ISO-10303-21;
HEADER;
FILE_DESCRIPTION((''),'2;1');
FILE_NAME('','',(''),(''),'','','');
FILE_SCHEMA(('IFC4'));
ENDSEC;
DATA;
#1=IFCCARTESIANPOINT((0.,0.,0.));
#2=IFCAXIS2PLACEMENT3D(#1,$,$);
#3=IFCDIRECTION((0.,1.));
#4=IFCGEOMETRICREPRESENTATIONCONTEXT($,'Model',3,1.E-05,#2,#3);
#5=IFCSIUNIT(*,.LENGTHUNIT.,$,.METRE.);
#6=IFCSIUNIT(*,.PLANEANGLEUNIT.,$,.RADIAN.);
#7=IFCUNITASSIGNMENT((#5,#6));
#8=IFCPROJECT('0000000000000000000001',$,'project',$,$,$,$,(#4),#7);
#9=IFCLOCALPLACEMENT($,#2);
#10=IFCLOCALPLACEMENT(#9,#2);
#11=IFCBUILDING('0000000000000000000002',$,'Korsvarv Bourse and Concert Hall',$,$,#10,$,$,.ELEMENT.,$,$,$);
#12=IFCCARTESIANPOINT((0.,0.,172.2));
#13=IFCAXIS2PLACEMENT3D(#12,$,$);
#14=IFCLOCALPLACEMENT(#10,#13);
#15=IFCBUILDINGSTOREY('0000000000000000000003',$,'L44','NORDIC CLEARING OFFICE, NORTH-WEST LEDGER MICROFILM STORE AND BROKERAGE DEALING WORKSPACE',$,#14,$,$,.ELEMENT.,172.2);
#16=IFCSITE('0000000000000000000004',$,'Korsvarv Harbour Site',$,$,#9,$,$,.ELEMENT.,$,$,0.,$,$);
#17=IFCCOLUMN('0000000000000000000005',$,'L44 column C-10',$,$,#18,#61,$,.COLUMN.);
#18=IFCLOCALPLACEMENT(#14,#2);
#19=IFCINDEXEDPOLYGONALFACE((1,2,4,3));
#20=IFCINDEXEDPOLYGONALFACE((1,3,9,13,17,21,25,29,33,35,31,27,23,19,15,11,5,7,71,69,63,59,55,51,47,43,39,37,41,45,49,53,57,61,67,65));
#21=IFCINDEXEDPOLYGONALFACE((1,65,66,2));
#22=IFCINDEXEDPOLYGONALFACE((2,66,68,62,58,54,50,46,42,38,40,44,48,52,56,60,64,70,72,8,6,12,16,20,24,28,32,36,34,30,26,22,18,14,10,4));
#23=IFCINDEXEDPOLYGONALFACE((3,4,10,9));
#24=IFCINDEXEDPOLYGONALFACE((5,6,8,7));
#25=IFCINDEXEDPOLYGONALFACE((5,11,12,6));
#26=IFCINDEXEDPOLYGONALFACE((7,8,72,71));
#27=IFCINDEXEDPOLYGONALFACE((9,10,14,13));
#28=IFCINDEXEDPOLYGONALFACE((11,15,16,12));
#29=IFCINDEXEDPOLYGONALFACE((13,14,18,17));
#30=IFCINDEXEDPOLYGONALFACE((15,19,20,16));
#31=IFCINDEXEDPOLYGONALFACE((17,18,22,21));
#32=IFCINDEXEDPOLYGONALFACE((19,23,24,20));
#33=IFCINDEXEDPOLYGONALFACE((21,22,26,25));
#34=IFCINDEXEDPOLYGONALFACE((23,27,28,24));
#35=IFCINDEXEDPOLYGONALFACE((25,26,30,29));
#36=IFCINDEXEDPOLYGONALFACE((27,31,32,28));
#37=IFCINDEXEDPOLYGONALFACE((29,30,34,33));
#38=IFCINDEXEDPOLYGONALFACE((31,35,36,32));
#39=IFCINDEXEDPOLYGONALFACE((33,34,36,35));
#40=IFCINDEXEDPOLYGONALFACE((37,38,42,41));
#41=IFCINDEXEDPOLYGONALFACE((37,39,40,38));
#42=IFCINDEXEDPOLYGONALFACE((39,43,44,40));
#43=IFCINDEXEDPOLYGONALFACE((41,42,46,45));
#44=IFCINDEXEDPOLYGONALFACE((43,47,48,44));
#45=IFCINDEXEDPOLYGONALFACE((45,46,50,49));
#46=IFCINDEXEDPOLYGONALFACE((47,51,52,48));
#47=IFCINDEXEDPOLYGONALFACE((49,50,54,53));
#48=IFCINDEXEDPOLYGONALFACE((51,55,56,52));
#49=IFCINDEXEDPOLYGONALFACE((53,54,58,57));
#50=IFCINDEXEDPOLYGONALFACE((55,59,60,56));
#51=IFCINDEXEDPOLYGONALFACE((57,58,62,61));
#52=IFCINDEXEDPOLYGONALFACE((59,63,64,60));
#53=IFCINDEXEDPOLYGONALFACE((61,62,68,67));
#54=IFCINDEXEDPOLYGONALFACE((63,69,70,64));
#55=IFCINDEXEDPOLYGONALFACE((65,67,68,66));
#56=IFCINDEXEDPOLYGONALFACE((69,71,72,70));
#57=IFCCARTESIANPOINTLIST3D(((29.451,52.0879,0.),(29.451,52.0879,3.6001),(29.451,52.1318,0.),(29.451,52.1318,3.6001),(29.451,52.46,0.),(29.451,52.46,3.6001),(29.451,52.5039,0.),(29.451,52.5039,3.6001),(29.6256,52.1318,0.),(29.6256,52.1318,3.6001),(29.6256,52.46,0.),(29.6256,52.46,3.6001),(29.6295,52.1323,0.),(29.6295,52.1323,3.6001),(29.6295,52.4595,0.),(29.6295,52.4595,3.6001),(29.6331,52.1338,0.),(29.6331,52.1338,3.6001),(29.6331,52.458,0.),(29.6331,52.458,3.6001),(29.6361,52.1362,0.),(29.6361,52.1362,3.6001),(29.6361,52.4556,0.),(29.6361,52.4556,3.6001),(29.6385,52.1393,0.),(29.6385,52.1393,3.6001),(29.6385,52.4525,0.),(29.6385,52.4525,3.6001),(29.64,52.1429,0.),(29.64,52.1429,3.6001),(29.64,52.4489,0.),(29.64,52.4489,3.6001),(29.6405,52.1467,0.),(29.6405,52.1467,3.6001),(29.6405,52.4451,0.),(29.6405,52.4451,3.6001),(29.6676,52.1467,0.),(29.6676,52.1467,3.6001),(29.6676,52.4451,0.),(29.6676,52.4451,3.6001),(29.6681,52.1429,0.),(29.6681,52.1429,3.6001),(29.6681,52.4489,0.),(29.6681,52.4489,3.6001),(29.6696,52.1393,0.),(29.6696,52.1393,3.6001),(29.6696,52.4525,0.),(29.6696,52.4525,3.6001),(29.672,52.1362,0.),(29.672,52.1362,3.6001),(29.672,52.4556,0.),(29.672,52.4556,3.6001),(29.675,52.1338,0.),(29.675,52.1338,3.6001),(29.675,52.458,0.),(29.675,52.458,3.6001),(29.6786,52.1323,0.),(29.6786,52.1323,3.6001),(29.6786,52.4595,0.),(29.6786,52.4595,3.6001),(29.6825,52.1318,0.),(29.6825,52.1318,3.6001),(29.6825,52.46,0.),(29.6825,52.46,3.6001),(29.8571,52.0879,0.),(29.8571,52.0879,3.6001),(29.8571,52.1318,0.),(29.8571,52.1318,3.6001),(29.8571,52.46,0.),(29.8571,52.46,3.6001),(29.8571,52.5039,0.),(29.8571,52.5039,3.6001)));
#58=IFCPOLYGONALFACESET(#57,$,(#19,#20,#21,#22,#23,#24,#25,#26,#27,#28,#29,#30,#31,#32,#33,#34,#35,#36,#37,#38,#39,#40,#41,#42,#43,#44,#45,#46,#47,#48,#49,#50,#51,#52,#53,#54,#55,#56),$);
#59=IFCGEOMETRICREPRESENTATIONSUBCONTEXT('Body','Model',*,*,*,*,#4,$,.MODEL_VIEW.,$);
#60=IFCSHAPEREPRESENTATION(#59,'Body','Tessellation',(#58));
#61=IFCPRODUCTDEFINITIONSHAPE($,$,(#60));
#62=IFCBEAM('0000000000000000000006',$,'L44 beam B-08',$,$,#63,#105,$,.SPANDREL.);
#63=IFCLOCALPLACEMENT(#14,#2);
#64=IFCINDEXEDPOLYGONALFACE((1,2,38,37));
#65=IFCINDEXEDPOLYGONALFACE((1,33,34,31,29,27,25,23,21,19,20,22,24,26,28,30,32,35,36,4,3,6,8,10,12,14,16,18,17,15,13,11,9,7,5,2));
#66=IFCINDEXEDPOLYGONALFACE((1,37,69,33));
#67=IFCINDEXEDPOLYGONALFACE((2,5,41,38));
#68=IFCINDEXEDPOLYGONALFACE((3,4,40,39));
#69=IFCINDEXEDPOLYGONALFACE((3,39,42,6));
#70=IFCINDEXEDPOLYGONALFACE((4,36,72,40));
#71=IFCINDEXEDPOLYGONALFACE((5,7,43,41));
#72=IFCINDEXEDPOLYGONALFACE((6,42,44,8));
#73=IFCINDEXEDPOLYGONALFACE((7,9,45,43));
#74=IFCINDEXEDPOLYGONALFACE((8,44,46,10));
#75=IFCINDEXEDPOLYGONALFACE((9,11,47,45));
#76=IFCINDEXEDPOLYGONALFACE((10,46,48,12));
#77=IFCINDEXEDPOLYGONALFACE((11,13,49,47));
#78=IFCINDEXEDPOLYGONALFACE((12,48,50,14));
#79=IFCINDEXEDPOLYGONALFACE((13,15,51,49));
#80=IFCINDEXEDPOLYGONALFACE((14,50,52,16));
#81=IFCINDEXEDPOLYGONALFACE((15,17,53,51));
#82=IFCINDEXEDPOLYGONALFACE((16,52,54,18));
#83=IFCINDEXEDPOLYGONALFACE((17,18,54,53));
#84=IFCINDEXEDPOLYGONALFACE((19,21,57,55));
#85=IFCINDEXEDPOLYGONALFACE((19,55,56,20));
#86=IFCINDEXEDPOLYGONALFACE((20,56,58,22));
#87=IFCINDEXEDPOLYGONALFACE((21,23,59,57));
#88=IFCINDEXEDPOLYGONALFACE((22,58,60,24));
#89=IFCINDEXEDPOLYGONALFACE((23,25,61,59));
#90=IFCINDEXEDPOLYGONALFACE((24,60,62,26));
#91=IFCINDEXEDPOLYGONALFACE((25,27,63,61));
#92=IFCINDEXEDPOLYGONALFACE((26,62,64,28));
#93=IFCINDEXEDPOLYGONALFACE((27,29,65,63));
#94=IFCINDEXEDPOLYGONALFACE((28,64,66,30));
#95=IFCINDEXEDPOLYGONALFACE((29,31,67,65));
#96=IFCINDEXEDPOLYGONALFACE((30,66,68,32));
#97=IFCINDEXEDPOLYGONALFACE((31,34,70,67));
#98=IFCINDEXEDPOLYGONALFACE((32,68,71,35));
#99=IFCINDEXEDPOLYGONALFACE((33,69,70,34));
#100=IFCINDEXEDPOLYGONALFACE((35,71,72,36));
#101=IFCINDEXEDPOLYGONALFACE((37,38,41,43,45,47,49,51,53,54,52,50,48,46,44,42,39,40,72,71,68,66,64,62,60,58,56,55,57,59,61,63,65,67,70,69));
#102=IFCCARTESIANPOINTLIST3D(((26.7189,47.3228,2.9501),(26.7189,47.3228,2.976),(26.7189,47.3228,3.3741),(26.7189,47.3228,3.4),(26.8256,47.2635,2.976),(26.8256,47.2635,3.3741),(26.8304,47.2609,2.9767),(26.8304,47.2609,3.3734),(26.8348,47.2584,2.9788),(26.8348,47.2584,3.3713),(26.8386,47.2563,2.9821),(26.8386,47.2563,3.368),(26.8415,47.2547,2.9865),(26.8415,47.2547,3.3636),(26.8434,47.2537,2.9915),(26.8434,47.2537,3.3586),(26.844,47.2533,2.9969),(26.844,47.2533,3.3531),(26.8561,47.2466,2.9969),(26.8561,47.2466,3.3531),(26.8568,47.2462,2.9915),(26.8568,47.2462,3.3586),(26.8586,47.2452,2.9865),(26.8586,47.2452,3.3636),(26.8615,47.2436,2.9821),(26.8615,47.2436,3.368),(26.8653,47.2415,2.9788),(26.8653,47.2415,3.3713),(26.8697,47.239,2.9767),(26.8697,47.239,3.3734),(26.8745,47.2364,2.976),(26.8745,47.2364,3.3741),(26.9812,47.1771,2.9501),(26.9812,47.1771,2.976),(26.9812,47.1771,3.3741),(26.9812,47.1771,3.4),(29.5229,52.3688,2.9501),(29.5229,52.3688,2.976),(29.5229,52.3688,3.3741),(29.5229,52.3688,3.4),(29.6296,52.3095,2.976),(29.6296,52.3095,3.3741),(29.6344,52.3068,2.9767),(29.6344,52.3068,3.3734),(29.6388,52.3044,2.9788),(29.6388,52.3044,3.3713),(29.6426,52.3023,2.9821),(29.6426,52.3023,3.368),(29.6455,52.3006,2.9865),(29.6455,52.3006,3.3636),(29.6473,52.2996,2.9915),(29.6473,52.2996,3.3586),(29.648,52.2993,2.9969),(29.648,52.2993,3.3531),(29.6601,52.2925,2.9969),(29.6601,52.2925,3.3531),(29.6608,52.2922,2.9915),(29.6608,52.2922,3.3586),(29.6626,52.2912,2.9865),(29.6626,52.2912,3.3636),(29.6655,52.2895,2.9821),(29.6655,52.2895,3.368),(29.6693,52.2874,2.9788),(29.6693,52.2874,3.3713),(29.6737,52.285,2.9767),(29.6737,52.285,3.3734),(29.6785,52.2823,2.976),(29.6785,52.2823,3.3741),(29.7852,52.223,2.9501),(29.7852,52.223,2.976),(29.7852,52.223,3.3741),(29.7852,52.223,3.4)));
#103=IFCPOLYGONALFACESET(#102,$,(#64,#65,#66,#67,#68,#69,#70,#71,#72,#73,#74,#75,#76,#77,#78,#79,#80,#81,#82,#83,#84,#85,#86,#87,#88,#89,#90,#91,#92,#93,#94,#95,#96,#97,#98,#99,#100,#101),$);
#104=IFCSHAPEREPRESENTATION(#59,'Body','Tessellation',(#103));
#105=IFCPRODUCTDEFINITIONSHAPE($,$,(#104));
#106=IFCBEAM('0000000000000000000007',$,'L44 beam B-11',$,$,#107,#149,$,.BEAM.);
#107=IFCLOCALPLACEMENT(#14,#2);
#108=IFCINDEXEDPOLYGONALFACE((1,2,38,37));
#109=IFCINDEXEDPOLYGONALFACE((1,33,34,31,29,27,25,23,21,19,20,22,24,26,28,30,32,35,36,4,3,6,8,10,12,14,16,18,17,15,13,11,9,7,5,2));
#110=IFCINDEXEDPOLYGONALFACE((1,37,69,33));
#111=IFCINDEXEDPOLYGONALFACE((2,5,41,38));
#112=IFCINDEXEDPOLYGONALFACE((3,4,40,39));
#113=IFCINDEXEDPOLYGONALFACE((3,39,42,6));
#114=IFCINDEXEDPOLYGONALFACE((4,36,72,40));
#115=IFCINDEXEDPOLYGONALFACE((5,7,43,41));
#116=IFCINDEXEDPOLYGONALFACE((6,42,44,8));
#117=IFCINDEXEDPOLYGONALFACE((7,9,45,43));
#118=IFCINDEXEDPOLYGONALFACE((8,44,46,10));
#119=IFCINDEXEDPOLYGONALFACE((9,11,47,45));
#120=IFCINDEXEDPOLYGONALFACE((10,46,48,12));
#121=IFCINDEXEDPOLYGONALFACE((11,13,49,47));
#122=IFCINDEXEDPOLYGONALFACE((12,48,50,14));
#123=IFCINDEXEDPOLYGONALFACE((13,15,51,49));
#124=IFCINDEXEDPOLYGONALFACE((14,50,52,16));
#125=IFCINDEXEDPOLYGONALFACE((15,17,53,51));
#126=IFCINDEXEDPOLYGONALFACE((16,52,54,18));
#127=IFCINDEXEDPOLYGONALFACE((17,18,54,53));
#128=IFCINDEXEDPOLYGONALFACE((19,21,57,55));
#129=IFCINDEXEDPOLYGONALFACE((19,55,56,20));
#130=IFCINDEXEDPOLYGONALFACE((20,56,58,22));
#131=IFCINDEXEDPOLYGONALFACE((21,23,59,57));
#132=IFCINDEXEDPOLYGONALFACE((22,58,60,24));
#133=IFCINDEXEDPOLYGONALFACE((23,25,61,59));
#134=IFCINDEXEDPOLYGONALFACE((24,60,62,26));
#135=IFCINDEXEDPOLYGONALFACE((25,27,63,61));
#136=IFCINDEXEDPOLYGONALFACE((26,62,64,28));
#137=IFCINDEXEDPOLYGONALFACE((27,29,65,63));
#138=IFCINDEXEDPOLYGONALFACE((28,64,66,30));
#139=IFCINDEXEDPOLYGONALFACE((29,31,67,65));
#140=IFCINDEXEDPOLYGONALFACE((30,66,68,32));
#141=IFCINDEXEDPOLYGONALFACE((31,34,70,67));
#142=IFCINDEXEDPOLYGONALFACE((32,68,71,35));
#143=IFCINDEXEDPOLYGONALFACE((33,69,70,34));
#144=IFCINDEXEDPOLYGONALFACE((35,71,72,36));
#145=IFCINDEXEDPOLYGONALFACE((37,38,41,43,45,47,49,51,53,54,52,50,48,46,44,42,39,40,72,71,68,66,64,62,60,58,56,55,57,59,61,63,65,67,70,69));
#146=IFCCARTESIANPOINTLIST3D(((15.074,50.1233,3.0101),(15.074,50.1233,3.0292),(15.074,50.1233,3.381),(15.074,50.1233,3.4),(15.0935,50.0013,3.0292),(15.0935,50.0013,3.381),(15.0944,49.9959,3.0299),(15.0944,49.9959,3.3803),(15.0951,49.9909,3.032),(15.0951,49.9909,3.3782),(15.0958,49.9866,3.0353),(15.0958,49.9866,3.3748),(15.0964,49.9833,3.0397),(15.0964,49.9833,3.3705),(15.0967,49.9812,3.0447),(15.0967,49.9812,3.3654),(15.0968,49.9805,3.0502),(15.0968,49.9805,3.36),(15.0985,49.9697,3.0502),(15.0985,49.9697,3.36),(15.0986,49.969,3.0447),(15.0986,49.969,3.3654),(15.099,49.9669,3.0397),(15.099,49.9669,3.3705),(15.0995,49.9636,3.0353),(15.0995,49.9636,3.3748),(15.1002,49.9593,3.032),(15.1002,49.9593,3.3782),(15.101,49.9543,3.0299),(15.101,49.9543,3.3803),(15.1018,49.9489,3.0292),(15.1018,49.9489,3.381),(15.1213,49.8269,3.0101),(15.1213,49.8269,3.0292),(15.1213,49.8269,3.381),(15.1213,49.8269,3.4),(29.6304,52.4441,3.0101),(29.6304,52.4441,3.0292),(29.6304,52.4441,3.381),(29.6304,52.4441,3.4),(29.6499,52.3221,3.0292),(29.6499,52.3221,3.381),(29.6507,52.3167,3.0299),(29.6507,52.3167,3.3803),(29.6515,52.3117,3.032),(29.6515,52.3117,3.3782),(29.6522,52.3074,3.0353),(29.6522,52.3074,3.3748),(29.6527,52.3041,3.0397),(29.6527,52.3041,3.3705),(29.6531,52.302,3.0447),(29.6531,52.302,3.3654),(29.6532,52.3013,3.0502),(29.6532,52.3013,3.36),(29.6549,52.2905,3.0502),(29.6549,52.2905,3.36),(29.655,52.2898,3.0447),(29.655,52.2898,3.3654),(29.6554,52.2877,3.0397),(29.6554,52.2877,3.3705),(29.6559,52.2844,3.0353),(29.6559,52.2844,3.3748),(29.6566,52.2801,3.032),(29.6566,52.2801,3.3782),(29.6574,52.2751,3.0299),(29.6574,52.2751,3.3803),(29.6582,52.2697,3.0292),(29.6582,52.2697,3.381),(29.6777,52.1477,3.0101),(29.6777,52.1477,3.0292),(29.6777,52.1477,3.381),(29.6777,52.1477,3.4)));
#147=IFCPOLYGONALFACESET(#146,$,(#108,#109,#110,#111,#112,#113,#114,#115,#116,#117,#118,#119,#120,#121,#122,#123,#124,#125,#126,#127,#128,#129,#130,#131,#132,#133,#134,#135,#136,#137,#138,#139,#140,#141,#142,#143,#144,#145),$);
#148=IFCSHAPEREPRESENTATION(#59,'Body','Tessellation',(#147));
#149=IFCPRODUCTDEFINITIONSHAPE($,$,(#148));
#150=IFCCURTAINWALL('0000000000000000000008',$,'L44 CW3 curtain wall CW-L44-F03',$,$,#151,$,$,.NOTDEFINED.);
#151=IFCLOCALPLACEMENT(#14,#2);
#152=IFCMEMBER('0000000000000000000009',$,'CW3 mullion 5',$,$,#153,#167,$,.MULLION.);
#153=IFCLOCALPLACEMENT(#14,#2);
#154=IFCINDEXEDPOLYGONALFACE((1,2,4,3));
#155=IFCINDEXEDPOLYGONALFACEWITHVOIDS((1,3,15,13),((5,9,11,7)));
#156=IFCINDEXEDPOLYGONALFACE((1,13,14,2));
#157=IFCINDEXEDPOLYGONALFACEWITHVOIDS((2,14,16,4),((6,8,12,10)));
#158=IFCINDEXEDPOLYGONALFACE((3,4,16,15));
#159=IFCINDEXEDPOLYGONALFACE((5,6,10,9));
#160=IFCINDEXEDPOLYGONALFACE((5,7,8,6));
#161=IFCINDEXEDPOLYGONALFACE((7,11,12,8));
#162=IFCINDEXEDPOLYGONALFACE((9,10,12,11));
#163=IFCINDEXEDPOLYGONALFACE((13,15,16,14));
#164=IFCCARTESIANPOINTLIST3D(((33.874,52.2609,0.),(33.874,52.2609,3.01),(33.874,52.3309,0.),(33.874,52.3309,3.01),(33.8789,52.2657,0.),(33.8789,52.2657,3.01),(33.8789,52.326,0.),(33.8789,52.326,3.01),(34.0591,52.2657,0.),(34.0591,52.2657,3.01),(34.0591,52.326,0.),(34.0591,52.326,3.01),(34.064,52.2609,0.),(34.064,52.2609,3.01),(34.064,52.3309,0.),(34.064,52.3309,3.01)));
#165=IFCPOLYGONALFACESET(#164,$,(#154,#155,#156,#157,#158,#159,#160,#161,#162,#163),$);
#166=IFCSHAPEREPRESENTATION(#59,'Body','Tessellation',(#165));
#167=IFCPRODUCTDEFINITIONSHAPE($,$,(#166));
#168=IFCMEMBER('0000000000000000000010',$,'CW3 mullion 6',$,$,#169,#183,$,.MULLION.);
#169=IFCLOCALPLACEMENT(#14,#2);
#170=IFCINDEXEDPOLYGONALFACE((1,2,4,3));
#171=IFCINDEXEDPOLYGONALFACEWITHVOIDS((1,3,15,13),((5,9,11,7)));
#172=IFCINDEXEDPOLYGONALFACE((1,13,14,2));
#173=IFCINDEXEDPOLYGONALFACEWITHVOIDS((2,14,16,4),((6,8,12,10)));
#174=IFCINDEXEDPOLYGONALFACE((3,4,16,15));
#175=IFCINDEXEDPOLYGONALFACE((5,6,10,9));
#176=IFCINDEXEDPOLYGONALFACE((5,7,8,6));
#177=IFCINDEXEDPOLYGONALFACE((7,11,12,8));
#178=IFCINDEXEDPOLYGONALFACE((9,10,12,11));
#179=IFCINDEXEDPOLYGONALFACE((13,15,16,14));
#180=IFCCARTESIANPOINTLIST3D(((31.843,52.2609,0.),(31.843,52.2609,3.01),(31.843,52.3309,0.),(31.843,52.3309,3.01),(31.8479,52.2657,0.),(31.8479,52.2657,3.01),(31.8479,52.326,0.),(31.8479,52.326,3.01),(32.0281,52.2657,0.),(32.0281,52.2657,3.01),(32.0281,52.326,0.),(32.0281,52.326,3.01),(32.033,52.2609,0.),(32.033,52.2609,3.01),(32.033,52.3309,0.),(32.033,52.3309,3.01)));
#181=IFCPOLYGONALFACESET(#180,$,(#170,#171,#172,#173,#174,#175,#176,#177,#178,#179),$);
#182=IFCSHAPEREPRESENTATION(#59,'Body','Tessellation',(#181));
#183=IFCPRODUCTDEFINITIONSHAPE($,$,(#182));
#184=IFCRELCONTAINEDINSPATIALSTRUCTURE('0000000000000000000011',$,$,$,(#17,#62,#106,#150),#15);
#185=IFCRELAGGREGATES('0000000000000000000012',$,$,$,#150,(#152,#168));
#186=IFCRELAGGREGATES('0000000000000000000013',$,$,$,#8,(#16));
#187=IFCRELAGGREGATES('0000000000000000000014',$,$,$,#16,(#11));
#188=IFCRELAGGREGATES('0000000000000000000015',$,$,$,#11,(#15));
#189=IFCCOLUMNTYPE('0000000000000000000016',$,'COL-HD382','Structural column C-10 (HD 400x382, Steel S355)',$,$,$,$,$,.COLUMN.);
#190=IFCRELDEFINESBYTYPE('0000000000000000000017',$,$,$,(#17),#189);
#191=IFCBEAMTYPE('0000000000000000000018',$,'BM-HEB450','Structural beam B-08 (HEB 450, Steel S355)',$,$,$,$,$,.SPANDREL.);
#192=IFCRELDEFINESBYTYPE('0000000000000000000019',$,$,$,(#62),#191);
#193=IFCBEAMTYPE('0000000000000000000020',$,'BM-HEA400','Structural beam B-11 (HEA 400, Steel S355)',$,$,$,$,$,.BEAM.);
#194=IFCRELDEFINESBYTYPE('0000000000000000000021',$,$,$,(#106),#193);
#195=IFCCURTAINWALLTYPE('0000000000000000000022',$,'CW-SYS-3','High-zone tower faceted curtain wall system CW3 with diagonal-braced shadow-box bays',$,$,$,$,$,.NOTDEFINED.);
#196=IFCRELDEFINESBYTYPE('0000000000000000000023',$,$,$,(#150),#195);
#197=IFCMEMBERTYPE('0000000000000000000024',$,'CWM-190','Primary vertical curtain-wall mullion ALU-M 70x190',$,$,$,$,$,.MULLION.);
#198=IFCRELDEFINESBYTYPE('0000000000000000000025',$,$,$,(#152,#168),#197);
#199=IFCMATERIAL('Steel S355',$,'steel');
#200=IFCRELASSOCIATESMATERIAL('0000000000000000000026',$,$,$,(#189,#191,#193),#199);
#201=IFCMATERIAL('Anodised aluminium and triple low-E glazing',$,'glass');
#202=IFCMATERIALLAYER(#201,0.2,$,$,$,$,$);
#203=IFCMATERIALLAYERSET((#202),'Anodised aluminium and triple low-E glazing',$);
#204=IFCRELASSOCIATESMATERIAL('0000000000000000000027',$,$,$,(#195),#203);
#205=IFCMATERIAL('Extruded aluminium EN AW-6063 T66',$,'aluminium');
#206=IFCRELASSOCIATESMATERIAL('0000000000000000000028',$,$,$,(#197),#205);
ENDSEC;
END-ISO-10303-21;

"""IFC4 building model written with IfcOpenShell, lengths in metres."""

from ifc_helpers import new_model, si_unit, direction, frame, origin, origin_2d, place, context, subcontext, project, spatial, hollow_rectangle, i_section, extrude, source, transform, mapped, material, layer, layer_set, material_profile, profile_set, type_object, element, aggregate, save


model = new_model("IFC4")

# Units and contexts
model_context = context("Model", 3, precision=1e-05, world=origin(), true_north=direction((0.0, 1.0)))
body_context = subcontext(model_context, "Body", "Model", "MODEL_VIEW")
ifc_project = project(units=[si_unit("LENGTHUNIT", "METRE"), si_unit("PLANEANGLEUNIT", "RADIAN")], contexts=[model_context])

# Site, building, storey
site_placement = place(None, origin())
site = spatial("IfcSite", under=ifc_project, at=site_placement, Name="Korsvarv Harbour Site", CompositionType="ELEMENT", RefElevation=0.0)
building_placement = place(site_placement, origin())
building = spatial("IfcBuilding", under=site, at=building_placement, Name="Korsvarv Bourse and Concert Hall", CompositionType="ELEMENT")
storey_placement = place(building_placement, frame((0.0, 0.0, 172.2)))
storey = spatial("IfcBuildingStorey", under=building, at=storey_placement, Name="L44", Description="NORDIC CLEARING OFFICE, NORTH-WEST LEDGER MICROFILM STORE AND BROKERAGE DEALING WORKSPACE", CompositionType="ELEMENT", Elevation=172.2)

# Column
ifc_material_1 = material(Name="Steel S355", Category="steel")
ifc_material_profile_1 = material_profile(ifc_material_1, i_section(OverallWidth=0.406, OverallDepth=0.416, WebThickness=0.0271, FlangeThickness=0.0439, FilletRadius=0.0149, at=origin_2d()), Name="HD 400x382")
ifc_profile_set_1 = profile_set([ifc_material_profile_1], Name="Steel S355")
column_type = type_object("IfcColumnType", Name="COL-HD382", Description="Structural column C-10 (HD 400x382, Steel S355)", PredefinedType="COLUMN", material=ifc_profile_set_1)
shared_shape_1 = source(origin(), body_context, "Body", "SweptSolid", [
    extrude(i_section(OverallWidth=0.406, OverallDepth=0.416, WebThickness=0.0271, FlangeThickness=0.0439, FilletRadius=0.0149, at=origin_2d()), origin(), (0.0, 0.0, 1.0), 3.6001),
])
column_placement = place(storey_placement, frame((29.6541, 52.2959, 0.0), z_axis=(0.0, 0.0, 1.0), x_axis=(1.0, 0.0, 0.0)))
element("IfcColumn", 1, at=column_placement, inside=storey, type_object=column_type, Name="L44 column C-10", PredefinedType="COLUMN", context=body_context, shape_type="MappedRepresentation", body=[
    mapped(shared_shape_1, transform((0.0, 0.0, 0.0), scale=1.0)),
])

# Beams
ifc_material_profile_2 = material_profile(ifc_material_1, i_section(OverallWidth=0.3, OverallDepth=0.45, WebThickness=0.0139, FlangeThickness=0.0259, FilletRadius=0.021, at=origin_2d()), Name="HEB 450")
ifc_profile_set_2 = profile_set([ifc_material_profile_2], Name="Steel S355")
beam_type_1 = type_object("IfcBeamType", Name="BM-HEB450", Description="Structural beam B-08 (HEB 450, Steel S355)", PredefinedType="SPANDREL", material=ifc_profile_set_2)
shared_shape_2 = source(origin(), body_context, "Body", "SweptSolid", [
    extrude(i_section(OverallWidth=0.3, OverallDepth=0.45, WebThickness=0.0139, FlangeThickness=0.0259, FilletRadius=0.021, at=origin_2d()), origin(), (0.0, 0.0, 1.0), 5.7727),
])
beam_1_placement = place(storey_placement, frame((29.6541, 52.2959, 3.175), z_axis=(-0.485733, -0.874107, 0.0), x_axis=(0.874107, -0.485733, 0.0)))
element("IfcBeam", 2, at=beam_1_placement, inside=storey, type_object=beam_type_1, Name="L44 beam B-08", PredefinedType="SPANDREL", context=body_context, shape_type="MappedRepresentation", body=[
    mapped(shared_shape_2, transform((0.0, 0.0, 0.0), scale=1.0)),
])
ifc_material_profile_3 = material_profile(ifc_material_1, i_section(OverallWidth=0.3, OverallDepth=0.3899, WebThickness=0.011, FlangeThickness=0.019, FilletRadius=0.021, at=origin_2d()), Name="HEA 400")
ifc_profile_set_3 = profile_set([ifc_material_profile_3], Name="Steel S355")
beam_type_2 = type_object("IfcBeamType", Name="BM-HEA400", Description="Structural beam B-11 (HEA 400, Steel S355)", PredefinedType="BEAM", material=ifc_profile_set_3)
shared_shape_3 = source(origin(), body_context, "Body", "SweptSolid", [
    extrude(i_section(OverallWidth=0.3, OverallDepth=0.3899, WebThickness=0.011, FlangeThickness=0.019, FilletRadius=0.021, at=origin_2d()), origin(), (0.0, 0.0, 1.0), 14.7402),
])
beam_2_placement = place(storey_placement, frame((29.6541, 52.2959, 3.2051), z_axis=(-0.987528, -0.157447, 0.0), x_axis=(0.157447, -0.987528, 0.0)))
element("IfcBeam", 3, at=beam_2_placement, inside=storey, type_object=beam_type_2, Name="L44 beam B-11", PredefinedType="BEAM", context=body_context, shape_type="MappedRepresentation", body=[
    mapped(shared_shape_3, transform((0.0, 0.0, 0.0), scale=1.0)),
])

# Curtain wall, members
ifc_material_2 = material(Name="Anodised aluminium and triple low-E glazing", Category="glass")
ifc_layer_1 = layer(ifc_material_2, 0.2)
ifc_layer_set_1 = layer_set([ifc_layer_1], Name="Anodised aluminium and triple low-E glazing")
curtain_wall_type = type_object("IfcCurtainWallType", Name="CW-SYS-3", Description="High-zone tower faceted curtain wall system CW3 with diagonal-braced shadow-box bays", PredefinedType="NOTDEFINED", material=ifc_layer_set_1)
curtain_wall_placement = place(storey_placement, origin())
curtain_wall = element("IfcCurtainWall", 4, at=curtain_wall_placement, inside=storey, type_object=curtain_wall_type, Name="L44 CW3 curtain wall CW-L44-F03", PredefinedType="NOTDEFINED")
ifc_material_3 = material(Name="Extruded aluminium EN AW-6063 T66", Category="aluminium")
ifc_material_profile_4 = material_profile(ifc_material_3, hollow_rectangle(XDim=0.0701, YDim=0.1899, WallThickness=0.0049, at=origin_2d()), Name="ALU-M 70x190")
ifc_profile_set_4 = profile_set([ifc_material_profile_4], Name="Extruded aluminium EN AW-6063 T66")
member_type_1 = type_object("IfcMemberType", Name="CWM-190", Description="Primary vertical curtain-wall mullion ALU-M 70x190", PredefinedType="MULLION", material=ifc_profile_set_4)
shared_shape_4 = source(origin(), body_context, "Body", "SweptSolid", [
    extrude(hollow_rectangle(XDim=0.0701, YDim=0.1899, WallThickness=0.0049, at=origin_2d()), origin(), (0.0, 0.0, 1.0), 3.01),
])
member_1_placement = place(storey_placement, frame((33.969, 52.2959, 0.0), z_axis=(0.0, 0.0, 1.0), x_axis=(0.0, -1.0, 0.0)))
member_1 = element("IfcMember", 5, at=member_1_placement, type_object=member_type_1, Name="CW3 mullion 5", PredefinedType="MULLION", context=body_context, shape_type="MappedRepresentation", body=[
    mapped(shared_shape_4, transform((0.0, 0.0, 0.0), scale=1.0)),
])
member_2_placement = place(storey_placement, frame((31.938, 52.2959, 0.0), z_axis=(0.0, 0.0, 1.0), x_axis=(0.0, -1.0, 0.0)))
member_2 = element("IfcMember", 6, at=member_2_placement, type_object=member_type_1, Name="CW3 mullion 6", PredefinedType="MULLION", context=body_context, shape_type="MappedRepresentation", body=[
    mapped(shared_shape_4, transform((0.0, 0.0, 0.0), scale=1.0)),
])
aggregate(curtain_wall, [member_1, member_2])

save(model, "model.ifc")
